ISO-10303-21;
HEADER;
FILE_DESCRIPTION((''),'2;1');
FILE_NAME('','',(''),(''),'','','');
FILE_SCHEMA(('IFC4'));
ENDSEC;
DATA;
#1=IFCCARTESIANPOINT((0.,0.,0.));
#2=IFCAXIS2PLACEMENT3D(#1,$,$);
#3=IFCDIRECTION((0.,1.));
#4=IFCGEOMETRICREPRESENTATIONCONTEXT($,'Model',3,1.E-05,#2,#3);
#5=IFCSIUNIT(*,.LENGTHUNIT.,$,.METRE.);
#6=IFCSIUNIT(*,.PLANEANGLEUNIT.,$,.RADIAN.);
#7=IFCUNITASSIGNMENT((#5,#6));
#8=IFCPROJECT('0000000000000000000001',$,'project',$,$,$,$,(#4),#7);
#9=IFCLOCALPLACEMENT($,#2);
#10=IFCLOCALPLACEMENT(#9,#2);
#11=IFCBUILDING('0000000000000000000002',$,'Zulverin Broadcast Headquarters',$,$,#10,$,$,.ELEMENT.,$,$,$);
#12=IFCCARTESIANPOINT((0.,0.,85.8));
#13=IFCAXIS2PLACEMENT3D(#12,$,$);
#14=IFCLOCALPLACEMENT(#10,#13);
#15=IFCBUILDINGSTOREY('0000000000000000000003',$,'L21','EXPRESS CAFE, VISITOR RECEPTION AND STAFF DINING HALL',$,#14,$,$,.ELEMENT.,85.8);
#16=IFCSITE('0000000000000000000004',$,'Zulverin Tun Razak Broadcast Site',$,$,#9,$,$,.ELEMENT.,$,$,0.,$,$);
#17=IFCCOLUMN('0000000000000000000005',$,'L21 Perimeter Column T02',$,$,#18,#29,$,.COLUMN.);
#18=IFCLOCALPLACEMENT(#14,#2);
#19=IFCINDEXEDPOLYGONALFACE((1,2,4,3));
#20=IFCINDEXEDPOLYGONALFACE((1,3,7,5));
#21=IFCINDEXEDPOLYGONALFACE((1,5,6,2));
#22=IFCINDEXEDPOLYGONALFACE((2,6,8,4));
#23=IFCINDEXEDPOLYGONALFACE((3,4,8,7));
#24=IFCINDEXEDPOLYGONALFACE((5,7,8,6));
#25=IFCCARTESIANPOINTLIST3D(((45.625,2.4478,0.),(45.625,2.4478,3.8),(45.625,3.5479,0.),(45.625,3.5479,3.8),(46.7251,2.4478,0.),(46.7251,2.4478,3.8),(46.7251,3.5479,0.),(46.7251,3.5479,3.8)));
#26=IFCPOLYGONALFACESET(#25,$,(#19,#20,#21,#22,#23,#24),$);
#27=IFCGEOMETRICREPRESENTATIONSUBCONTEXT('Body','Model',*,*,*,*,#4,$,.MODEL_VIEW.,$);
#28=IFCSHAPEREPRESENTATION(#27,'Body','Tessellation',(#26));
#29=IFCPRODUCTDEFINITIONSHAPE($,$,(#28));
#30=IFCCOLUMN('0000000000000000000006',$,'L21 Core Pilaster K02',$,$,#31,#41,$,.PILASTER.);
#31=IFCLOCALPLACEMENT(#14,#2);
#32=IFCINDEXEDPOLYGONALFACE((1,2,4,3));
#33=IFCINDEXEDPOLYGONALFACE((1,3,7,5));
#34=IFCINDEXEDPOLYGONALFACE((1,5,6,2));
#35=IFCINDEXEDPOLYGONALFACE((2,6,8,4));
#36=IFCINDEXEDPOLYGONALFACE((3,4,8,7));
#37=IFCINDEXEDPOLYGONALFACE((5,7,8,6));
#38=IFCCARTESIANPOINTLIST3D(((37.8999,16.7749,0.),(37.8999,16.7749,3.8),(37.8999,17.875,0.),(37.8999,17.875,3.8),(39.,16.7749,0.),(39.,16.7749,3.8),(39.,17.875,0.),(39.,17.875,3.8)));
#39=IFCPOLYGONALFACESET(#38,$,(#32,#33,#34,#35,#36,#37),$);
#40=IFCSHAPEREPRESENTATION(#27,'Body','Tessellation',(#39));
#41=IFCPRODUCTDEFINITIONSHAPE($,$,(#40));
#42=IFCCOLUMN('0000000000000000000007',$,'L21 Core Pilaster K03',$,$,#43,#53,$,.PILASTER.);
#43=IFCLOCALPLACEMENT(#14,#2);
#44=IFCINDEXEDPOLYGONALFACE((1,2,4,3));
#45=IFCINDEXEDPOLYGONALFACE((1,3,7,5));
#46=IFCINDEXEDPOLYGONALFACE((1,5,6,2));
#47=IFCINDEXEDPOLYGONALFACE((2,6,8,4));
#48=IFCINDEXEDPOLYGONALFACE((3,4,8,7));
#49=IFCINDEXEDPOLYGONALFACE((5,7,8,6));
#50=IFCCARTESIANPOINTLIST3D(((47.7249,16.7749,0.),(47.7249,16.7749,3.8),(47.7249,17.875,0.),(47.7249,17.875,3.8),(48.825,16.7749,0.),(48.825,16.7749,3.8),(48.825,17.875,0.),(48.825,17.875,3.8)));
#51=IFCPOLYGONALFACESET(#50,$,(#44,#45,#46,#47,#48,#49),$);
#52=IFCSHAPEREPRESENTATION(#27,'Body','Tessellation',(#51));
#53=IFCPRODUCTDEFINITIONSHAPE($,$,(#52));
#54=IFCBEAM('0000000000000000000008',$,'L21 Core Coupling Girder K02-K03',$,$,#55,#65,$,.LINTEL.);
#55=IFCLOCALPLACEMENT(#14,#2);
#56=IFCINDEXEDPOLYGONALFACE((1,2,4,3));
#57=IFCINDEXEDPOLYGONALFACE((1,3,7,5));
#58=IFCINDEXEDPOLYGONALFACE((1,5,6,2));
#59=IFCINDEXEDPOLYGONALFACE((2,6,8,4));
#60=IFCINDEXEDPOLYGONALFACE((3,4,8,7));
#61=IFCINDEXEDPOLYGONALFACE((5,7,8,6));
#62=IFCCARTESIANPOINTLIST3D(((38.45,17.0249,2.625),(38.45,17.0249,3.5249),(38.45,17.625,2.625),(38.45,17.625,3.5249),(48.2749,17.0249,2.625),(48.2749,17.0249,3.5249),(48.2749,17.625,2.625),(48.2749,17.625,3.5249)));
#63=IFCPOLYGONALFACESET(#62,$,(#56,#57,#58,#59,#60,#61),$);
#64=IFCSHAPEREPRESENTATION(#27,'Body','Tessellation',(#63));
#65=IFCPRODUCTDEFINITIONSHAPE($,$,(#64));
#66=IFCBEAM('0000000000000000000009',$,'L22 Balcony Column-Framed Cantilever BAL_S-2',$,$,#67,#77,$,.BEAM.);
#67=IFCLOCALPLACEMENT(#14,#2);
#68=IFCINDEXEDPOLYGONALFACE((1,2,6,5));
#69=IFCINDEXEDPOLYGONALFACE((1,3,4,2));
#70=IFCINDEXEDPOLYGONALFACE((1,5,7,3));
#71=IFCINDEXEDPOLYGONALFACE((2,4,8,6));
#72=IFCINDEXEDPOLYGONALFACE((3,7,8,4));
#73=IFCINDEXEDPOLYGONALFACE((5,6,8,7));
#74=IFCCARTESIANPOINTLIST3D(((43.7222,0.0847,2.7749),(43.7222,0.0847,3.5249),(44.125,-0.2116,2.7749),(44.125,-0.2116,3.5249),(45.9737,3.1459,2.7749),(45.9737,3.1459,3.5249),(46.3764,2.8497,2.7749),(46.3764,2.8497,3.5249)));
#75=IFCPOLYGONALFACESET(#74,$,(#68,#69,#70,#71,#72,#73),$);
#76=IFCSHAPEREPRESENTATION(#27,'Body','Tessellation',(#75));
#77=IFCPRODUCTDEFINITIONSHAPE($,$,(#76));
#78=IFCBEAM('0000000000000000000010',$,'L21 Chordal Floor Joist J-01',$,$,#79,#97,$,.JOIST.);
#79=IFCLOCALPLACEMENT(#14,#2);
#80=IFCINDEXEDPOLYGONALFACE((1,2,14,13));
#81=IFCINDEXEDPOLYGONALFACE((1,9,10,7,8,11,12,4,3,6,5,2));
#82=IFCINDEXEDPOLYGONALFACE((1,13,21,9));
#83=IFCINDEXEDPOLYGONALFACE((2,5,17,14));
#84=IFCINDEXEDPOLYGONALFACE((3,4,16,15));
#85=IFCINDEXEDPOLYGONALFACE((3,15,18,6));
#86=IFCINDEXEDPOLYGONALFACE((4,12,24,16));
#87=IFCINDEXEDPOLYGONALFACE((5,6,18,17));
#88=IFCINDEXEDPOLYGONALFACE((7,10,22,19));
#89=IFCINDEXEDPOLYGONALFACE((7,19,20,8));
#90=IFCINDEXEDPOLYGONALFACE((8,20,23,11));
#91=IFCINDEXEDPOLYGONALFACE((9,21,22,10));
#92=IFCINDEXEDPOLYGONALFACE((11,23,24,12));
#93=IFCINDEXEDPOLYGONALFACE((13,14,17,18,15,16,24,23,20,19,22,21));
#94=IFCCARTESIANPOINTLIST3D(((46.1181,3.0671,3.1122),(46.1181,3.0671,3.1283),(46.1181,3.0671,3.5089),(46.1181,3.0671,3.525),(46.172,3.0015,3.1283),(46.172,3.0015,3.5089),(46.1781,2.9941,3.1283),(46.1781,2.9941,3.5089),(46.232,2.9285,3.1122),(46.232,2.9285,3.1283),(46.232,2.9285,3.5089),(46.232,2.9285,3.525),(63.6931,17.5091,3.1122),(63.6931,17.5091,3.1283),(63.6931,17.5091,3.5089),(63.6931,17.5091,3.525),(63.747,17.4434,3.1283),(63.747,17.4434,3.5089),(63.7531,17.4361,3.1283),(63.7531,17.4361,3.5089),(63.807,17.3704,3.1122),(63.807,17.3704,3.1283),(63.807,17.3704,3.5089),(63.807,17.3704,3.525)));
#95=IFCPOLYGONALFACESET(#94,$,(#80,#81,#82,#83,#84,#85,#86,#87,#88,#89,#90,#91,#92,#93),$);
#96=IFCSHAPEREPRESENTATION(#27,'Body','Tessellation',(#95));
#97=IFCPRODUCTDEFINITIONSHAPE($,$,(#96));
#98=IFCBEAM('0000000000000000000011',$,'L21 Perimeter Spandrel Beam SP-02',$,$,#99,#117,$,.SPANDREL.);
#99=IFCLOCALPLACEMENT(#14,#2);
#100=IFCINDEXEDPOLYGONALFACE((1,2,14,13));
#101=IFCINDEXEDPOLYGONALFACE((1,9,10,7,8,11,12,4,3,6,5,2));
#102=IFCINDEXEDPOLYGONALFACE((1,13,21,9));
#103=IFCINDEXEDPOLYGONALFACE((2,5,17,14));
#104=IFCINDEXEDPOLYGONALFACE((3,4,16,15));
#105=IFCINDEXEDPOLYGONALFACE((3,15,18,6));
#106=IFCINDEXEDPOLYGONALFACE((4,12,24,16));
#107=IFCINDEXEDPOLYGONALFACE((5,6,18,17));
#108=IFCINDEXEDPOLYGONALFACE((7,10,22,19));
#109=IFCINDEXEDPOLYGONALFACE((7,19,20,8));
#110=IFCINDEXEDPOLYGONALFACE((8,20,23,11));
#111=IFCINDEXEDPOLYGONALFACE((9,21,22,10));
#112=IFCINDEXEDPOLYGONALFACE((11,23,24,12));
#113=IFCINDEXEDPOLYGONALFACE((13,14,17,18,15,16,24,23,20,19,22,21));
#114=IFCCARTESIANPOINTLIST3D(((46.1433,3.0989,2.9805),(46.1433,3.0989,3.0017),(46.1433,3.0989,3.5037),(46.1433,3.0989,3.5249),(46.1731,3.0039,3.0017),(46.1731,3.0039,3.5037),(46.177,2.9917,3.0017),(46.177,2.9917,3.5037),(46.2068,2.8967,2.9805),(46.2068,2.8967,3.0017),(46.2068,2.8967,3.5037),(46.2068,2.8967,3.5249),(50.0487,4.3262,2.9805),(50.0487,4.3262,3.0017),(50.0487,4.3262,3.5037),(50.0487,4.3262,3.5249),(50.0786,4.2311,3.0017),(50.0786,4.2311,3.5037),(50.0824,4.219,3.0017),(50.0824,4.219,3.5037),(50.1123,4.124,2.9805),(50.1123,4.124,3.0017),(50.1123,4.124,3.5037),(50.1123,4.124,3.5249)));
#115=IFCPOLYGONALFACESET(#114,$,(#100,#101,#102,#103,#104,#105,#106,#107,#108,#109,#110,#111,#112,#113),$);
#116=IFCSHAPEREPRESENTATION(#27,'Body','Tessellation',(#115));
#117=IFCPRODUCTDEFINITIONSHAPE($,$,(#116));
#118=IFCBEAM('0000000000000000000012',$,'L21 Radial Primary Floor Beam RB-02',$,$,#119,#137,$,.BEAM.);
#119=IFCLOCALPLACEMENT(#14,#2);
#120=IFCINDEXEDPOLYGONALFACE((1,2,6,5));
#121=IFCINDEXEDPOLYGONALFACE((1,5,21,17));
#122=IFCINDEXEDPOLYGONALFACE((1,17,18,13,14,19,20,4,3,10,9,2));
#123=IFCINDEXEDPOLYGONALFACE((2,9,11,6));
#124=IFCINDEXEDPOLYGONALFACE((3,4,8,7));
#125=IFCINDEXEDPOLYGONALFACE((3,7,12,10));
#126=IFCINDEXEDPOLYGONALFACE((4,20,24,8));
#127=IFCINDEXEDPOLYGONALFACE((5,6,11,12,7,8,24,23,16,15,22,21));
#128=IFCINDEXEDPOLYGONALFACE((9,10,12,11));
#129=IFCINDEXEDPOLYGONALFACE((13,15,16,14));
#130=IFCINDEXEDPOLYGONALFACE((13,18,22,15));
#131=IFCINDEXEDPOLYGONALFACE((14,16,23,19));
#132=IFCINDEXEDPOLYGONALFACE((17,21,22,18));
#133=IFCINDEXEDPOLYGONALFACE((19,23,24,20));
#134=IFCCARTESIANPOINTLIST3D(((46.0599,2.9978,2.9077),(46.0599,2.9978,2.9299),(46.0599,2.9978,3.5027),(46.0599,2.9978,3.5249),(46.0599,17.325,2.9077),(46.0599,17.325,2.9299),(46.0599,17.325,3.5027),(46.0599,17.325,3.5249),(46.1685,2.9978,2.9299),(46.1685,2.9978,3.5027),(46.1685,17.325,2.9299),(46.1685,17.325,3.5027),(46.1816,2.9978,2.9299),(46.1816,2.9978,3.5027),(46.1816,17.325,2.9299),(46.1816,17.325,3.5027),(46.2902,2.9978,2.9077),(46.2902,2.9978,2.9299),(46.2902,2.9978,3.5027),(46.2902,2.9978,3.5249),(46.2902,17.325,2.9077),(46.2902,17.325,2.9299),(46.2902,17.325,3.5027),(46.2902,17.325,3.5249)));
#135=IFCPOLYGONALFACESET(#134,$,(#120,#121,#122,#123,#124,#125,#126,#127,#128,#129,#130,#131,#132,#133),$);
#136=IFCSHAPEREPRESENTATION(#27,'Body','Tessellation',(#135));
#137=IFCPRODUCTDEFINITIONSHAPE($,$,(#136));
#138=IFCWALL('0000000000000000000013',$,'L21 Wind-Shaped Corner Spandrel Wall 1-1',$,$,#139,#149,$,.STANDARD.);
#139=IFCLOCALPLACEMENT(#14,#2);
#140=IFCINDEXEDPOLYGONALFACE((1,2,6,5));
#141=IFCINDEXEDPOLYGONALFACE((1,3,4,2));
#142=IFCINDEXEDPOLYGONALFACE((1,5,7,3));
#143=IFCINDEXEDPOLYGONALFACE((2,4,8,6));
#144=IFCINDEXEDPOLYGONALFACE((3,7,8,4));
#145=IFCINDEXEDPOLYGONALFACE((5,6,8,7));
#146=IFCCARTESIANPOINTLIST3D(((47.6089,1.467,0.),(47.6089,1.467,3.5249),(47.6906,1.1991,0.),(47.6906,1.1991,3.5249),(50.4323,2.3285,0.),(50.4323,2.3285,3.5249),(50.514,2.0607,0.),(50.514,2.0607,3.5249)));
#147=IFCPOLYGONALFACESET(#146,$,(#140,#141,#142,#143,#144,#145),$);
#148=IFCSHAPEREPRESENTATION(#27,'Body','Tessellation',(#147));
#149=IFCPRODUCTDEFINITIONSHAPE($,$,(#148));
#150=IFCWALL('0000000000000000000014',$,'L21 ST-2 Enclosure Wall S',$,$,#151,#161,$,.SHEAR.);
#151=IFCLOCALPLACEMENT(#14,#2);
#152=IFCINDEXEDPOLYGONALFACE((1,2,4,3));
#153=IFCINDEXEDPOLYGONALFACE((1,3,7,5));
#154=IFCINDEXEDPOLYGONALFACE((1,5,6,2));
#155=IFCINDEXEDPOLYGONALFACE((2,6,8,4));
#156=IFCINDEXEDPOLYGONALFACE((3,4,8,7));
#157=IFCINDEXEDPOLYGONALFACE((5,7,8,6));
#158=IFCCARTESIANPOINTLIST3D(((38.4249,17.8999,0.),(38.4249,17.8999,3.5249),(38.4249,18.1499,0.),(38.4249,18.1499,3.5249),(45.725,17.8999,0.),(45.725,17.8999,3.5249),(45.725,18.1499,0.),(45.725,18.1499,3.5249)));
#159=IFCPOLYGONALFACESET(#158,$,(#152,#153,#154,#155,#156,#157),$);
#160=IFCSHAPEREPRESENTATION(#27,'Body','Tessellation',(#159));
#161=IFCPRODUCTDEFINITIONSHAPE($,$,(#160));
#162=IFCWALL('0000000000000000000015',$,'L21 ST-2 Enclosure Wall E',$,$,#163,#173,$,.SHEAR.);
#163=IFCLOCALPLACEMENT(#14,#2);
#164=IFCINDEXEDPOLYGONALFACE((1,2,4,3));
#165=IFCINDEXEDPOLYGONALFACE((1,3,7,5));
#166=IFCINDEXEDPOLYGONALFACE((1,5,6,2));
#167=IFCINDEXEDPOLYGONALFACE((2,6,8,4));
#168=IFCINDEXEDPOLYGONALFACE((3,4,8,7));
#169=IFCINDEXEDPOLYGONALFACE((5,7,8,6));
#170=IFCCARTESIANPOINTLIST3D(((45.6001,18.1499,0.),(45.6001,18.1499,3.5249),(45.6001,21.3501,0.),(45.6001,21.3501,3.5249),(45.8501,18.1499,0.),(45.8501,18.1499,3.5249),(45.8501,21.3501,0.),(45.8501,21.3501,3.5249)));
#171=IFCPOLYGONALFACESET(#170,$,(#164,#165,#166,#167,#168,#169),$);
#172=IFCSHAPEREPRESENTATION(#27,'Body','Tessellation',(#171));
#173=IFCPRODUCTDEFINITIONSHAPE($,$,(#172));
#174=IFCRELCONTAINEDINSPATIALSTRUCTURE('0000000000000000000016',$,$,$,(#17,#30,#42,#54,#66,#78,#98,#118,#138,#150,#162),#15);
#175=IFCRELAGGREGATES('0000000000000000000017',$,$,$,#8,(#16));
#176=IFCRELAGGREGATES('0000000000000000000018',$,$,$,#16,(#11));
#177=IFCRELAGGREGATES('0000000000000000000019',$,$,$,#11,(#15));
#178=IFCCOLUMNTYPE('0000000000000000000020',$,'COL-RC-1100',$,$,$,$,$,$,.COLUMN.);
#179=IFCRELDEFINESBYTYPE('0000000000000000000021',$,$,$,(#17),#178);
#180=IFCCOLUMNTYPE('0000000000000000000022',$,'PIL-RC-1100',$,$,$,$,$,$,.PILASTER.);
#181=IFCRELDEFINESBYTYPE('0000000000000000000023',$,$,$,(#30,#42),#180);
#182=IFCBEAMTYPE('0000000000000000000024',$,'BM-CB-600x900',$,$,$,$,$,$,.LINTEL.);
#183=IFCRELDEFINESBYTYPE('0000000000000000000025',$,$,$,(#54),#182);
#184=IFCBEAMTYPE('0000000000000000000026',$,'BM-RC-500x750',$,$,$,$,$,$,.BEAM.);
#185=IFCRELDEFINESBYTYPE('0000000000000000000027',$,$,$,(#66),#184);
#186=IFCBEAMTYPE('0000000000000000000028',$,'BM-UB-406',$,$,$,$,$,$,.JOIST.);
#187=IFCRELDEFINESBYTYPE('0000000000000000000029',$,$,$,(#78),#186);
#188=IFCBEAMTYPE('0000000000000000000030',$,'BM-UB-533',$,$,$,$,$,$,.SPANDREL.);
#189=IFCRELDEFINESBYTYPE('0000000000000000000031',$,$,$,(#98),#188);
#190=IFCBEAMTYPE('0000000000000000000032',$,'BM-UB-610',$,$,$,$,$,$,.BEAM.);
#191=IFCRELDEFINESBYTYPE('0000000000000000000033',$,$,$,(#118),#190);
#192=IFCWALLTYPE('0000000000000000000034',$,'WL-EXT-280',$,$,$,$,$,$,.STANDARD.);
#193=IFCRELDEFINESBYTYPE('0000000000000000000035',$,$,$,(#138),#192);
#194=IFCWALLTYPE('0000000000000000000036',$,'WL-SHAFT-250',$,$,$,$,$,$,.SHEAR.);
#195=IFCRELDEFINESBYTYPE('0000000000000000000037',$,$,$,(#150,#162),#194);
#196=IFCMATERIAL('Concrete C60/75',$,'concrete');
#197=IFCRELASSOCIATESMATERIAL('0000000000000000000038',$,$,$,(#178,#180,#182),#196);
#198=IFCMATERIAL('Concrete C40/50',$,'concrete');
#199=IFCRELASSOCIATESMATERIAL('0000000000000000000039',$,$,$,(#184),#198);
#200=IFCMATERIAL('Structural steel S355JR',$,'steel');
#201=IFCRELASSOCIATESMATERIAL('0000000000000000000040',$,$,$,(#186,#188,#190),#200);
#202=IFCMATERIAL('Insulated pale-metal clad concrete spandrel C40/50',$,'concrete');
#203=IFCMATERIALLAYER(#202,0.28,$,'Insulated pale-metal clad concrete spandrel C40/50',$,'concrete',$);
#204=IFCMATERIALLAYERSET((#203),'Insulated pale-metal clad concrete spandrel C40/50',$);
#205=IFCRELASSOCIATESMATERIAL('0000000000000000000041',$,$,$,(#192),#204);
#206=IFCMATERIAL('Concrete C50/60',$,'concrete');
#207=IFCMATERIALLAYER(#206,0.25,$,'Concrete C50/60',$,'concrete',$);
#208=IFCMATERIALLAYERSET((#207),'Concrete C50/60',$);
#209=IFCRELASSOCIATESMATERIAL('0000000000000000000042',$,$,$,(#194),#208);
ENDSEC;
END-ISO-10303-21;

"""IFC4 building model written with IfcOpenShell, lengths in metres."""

from ifc_helpers import new_model, si_unit, direction, frame, frame_2d, origin, origin_2d, place, context, subcontext, project, spatial, rectangle, i_section, extrude, material, layer, layer_set, material_profile, profile_set, type_object, element, save


model = new_model("IFC4")

# Units and contexts
model_context = context("Model", 3, precision=1e-05, world=origin(), true_north=direction((0.0, 1.0)))
body_context = subcontext(model_context, "Body", "Model", "MODEL_VIEW")
ifc_project = project(units=[si_unit("LENGTHUNIT", "METRE"), si_unit("PLANEANGLEUNIT", "RADIAN")], contexts=[model_context])

# Site, building, storey
site_placement = place(None, origin())
site = spatial("IfcSite", under=ifc_project, at=site_placement, Name="Zulverin Tun Razak Broadcast Site", CompositionType="ELEMENT", RefElevation=0.0)
building_placement = place(site_placement, origin())
building = spatial("IfcBuilding", under=site, at=building_placement, Name="Zulverin Broadcast Headquarters", CompositionType="ELEMENT")
storey_placement = place(building_placement, frame((0.0, 0.0, 85.8)))
storey = spatial("IfcBuildingStorey", under=building, at=storey_placement, Name="L21", Description="EXPRESS CAFE, VISITOR RECEPTION AND STAFF DINING HALL", CompositionType="ELEMENT", Elevation=85.8)

# Columns
ifc_material_1 = material(Name="Concrete C60/75", Category="concrete")
ifc_material_profile_1 = material_profile(ifc_material_1, rectangle(XDim=1.1001, YDim=1.1001, at=origin_2d()), Name="Concrete C60/75", Category="concrete")
ifc_profile_set_1 = profile_set([ifc_material_profile_1], Name="Concrete C60/75")
column_type_1 = type_object("IfcColumnType", Name="COL-RC-1100", PredefinedType="COLUMN", material=ifc_profile_set_1)
column_placement = place(storey_placement, frame((46.175, 2.9978, 0.0), z_axis=(0.0, 0.0, 1.0), x_axis=(1.0, 0.0, 0.0)))
element("IfcColumn", 1, at=column_placement, inside=storey, type_object=column_type_1, Name="L21 Perimeter Column T02", PredefinedType="COLUMN", context=body_context, shape_type="SweptSolid", body=[
    extrude(rectangle(XDim=1.1001, YDim=1.1001, at=origin_2d()), origin(), (0.0, 0.0, 1.0), 3.8),
])
ifc_material_profile_2 = material_profile(ifc_material_1, rectangle(XDim=1.1001, YDim=1.1001, at=origin_2d()), Name="Concrete C60/75", Category="concrete")
ifc_profile_set_2 = profile_set([ifc_material_profile_2], Name="Concrete C60/75")
column_type_2 = type_object("IfcColumnType", Name="PIL-RC-1100", PredefinedType="PILASTER", material=ifc_profile_set_2)
for number, where, z_axis, x_axis, name in (
    (2, (38.45, 17.325, 0.0), (0.0, 0.0, 1.0), (1.0, 0.0, 0.0), "L21 Core Pilaster K02"),
    (3, (48.2749, 17.325, 0.0), (0.0, 0.0, 1.0), (1.0, 0.0, 0.0), "L21 Core Pilaster K03"),
):
    element("IfcColumn", number, at=place(storey_placement, frame(where, z_axis=z_axis, x_axis=x_axis)), inside=storey, type_object=column_type_2, Name=name, PredefinedType="PILASTER", context=body_context, shape_type="SweptSolid", body=[
        extrude(rectangle(XDim=1.1001, YDim=1.1001, at=origin_2d()), origin(), (0.0, 0.0, 1.0), 3.8),
    ])

# Beams
ifc_material_profile_3 = material_profile(ifc_material_1, rectangle(XDim=0.6001, YDim=0.8999, at=origin_2d()), Name="Concrete C60/75", Category="concrete")
ifc_profile_set_3 = profile_set([ifc_material_profile_3], Name="Concrete C60/75")
beam_type_1 = type_object("IfcBeamType", Name="BM-CB-600x900", PredefinedType="LINTEL", material=ifc_profile_set_3)
beam_1_placement = place(storey_placement, frame((38.45, 17.325, 3.075), z_axis=(1.0, 0.0, 0.0), x_axis=(0.0, 1.0, 0.0)))
element("IfcBeam", 4, at=beam_1_placement, inside=storey, type_object=beam_type_1, Name="L21 Core Coupling Girder K02-K03", PredefinedType="LINTEL", context=body_context, shape_type="SweptSolid", body=[
    extrude(rectangle(XDim=0.6001, YDim=0.8999, at=origin_2d()), origin(), (0.0, 0.0, 1.0), 9.825),
])
ifc_material_2 = material(Name="Concrete C40/50", Category="concrete")
ifc_material_profile_4 = material_profile(ifc_material_2, rectangle(XDim=0.5, YDim=0.75, at=origin_2d()), Name="Concrete C40/50", Category="concrete")
ifc_profile_set_4 = profile_set([ifc_material_profile_4], Name="Concrete C40/50")
beam_type_2 = type_object("IfcBeamType", Name="BM-RC-500x750", PredefinedType="BEAM", material=ifc_profile_set_4)
beam_2_placement = place(storey_placement, frame((46.175, 2.9978, 3.1499), z_axis=(-0.59248, -0.805585, 0.0), x_axis=(0.805585, -0.59248, 0.0)))
element("IfcBeam", 5, at=beam_2_placement, inside=storey, type_object=beam_type_2, Name="L22 Balcony Column-Framed Cantilever BAL_S-2", PredefinedType="BEAM", context=body_context, shape_type="SweptSolid", body=[
    extrude(rectangle(XDim=0.5, YDim=0.75, at=origin_2d()), origin(), (0.0, 0.0, 1.0), 3.8),
])
ifc_material_3 = material(Name="Structural steel S355JR", Category="steel")
ifc_material_profile_5 = material_profile(ifc_material_3, i_section(OverallWidth=0.1794, OverallDepth=0.4128, WebThickness=0.0095, FlangeThickness=0.0161, at=origin_2d()), Name="Structural steel S355JR", Category="steel")
ifc_profile_set_5 = profile_set([ifc_material_profile_5], Name="Structural steel S355JR")
beam_type_3 = type_object("IfcBeamType", Name="BM-UB-406", PredefinedType="JOIST", material=ifc_profile_set_5)
beam_3_placement = place(storey_placement, frame((46.175, 2.9978, 3.3186), z_axis=(0.772611, 0.634879, 0.0), x_axis=(-0.634879, 0.772611, 0.0)))
element("IfcBeam", 6, at=beam_3_placement, inside=storey, type_object=beam_type_3, Name="L21 Chordal Floor Joist J-01", PredefinedType="JOIST", context=body_context, shape_type="SweptSolid", body=[
    extrude(i_section(OverallWidth=0.1794, OverallDepth=0.4128, WebThickness=0.0095, FlangeThickness=0.0161, at=origin_2d()), origin(), (0.0, 0.0, 1.0), 22.7476),
])
ifc_material_profile_6 = material_profile(ifc_material_3, i_section(OverallWidth=0.2119, OverallDepth=0.5444, WebThickness=0.0127, FlangeThickness=0.0212, at=origin_2d()), Name="Structural steel S355JR", Category="steel")
ifc_profile_set_6 = profile_set([ifc_material_profile_6], Name="Structural steel S355JR")
beam_type_4 = type_object("IfcBeamType", Name="BM-UB-533", PredefinedType="SPANDREL", material=ifc_profile_set_6)
beam_4_placement = place(storey_placement, frame((46.175, 2.9978, 3.2527), z_axis=(0.954004, 0.299792, 0.0), x_axis=(-0.299792, 0.954004, 0.0)))
element("IfcBeam", 7, at=beam_4_placement, inside=storey, type_object=beam_type_4, Name="L21 Perimeter Spandrel Beam SP-02", PredefinedType="SPANDREL", context=body_context, shape_type="SweptSolid", body=[
    extrude(i_section(OverallWidth=0.2119, OverallDepth=0.5444, WebThickness=0.0127, FlangeThickness=0.0212, at=origin_2d()), origin(), (0.0, 0.0, 1.0), 4.0938),
])
ifc_material_profile_7 = material_profile(ifc_material_3, i_section(OverallWidth=0.2302, OverallDepth=0.6172, WebThickness=0.0132, FlangeThickness=0.0222, at=origin_2d()), Name="Structural steel S355JR", Category="steel")
ifc_profile_set_7 = profile_set([ifc_material_profile_7], Name="Structural steel S355JR")
beam_type_5 = type_object("IfcBeamType", Name="BM-UB-610", PredefinedType="BEAM", material=ifc_profile_set_7)
beam_5_placement = place(storey_placement, frame((46.175, 17.325, 3.2163), z_axis=(0.0, -1.0, 0.0), x_axis=(1.0, 0.0, 0.0)))
element("IfcBeam", 8, at=beam_5_placement, inside=storey, type_object=beam_type_5, Name="L21 Radial Primary Floor Beam RB-02", PredefinedType="BEAM", context=body_context, shape_type="SweptSolid", body=[
    extrude(i_section(OverallWidth=0.2302, OverallDepth=0.6172, WebThickness=0.0132, FlangeThickness=0.0222, at=origin_2d()), origin(), (0.0, 0.0, 1.0), 14.3271),
])

# Walls
ifc_material_4 = material(Name="Insulated pale-metal clad concrete spandrel C40/50", Category="concrete")
ifc_layer_1 = layer(ifc_material_4, 0.28, Name="Insulated pale-metal clad concrete spandrel C40/50", Category="concrete")
ifc_layer_set_1 = layer_set([ifc_layer_1], Name="Insulated pale-metal clad concrete spandrel C40/50")
wall_type_1 = type_object("IfcWallType", Name="WL-EXT-280", PredefinedType="STANDARD", material=ifc_layer_set_1)
wall_1_placement = place(storey_placement, frame((47.6497, 1.333, 0.0), z_axis=(0.0, 0.0, 1.0), x_axis=(0.956461, 0.291859, 0.0)))
element("IfcWall", 9, at=wall_1_placement, inside=storey, type_object=wall_type_1, Name="L21 Wind-Shaped Corner Spandrel Wall 1-1", PredefinedType="STANDARD", context=body_context, shape_type="SweptSolid", body=[
    extrude(rectangle(XDim=2.9519, YDim=0.28, at=frame_2d((1.4761, 0.0))), origin(), (0.0, 0.0, 1.0), 3.5249),
])
ifc_material_5 = material(Name="Concrete C50/60", Category="concrete")
ifc_layer_2 = layer(ifc_material_5, 0.25, Name="Concrete C50/60", Category="concrete")
ifc_layer_set_2 = layer_set([ifc_layer_2], Name="Concrete C50/60")
wall_type_2 = type_object("IfcWallType", Name="WL-SHAFT-250", PredefinedType="SHEAR", material=ifc_layer_set_2)
wall_2_placement = place(storey_placement, frame((38.425, 18.0249, 0.0), z_axis=(0.0, 0.0, 1.0), x_axis=(1.0, 0.0, 0.0)))
element("IfcWall", 10, at=wall_2_placement, inside=storey, type_object=wall_type_2, Name="L21 ST-2 Enclosure Wall S", PredefinedType="SHEAR", context=body_context, shape_type="SweptSolid", body=[
    extrude(rectangle(XDim=7.3, YDim=0.25, at=frame_2d((3.6499, 0.0))), origin(), (0.0, 0.0, 1.0), 3.5249),
])

# Wall
wall_3_placement = place(storey_placement, frame((45.7251, 18.1499, 0.0), z_axis=(0.0, 0.0, 1.0), x_axis=(0.0, 1.0, 0.0)))
element("IfcWall", 11, at=wall_3_placement, inside=storey, type_object=wall_type_2, Name="L21 ST-2 Enclosure Wall E", PredefinedType="SHEAR", context=body_context, shape_type="SweptSolid", body=[
    extrude(rectangle(XDim=3.2002, YDim=0.25, at=frame_2d((1.6001, 0.0))), origin(), (0.0, 0.0, 1.0), 3.5249),
])

save(model, "model.ifc")
